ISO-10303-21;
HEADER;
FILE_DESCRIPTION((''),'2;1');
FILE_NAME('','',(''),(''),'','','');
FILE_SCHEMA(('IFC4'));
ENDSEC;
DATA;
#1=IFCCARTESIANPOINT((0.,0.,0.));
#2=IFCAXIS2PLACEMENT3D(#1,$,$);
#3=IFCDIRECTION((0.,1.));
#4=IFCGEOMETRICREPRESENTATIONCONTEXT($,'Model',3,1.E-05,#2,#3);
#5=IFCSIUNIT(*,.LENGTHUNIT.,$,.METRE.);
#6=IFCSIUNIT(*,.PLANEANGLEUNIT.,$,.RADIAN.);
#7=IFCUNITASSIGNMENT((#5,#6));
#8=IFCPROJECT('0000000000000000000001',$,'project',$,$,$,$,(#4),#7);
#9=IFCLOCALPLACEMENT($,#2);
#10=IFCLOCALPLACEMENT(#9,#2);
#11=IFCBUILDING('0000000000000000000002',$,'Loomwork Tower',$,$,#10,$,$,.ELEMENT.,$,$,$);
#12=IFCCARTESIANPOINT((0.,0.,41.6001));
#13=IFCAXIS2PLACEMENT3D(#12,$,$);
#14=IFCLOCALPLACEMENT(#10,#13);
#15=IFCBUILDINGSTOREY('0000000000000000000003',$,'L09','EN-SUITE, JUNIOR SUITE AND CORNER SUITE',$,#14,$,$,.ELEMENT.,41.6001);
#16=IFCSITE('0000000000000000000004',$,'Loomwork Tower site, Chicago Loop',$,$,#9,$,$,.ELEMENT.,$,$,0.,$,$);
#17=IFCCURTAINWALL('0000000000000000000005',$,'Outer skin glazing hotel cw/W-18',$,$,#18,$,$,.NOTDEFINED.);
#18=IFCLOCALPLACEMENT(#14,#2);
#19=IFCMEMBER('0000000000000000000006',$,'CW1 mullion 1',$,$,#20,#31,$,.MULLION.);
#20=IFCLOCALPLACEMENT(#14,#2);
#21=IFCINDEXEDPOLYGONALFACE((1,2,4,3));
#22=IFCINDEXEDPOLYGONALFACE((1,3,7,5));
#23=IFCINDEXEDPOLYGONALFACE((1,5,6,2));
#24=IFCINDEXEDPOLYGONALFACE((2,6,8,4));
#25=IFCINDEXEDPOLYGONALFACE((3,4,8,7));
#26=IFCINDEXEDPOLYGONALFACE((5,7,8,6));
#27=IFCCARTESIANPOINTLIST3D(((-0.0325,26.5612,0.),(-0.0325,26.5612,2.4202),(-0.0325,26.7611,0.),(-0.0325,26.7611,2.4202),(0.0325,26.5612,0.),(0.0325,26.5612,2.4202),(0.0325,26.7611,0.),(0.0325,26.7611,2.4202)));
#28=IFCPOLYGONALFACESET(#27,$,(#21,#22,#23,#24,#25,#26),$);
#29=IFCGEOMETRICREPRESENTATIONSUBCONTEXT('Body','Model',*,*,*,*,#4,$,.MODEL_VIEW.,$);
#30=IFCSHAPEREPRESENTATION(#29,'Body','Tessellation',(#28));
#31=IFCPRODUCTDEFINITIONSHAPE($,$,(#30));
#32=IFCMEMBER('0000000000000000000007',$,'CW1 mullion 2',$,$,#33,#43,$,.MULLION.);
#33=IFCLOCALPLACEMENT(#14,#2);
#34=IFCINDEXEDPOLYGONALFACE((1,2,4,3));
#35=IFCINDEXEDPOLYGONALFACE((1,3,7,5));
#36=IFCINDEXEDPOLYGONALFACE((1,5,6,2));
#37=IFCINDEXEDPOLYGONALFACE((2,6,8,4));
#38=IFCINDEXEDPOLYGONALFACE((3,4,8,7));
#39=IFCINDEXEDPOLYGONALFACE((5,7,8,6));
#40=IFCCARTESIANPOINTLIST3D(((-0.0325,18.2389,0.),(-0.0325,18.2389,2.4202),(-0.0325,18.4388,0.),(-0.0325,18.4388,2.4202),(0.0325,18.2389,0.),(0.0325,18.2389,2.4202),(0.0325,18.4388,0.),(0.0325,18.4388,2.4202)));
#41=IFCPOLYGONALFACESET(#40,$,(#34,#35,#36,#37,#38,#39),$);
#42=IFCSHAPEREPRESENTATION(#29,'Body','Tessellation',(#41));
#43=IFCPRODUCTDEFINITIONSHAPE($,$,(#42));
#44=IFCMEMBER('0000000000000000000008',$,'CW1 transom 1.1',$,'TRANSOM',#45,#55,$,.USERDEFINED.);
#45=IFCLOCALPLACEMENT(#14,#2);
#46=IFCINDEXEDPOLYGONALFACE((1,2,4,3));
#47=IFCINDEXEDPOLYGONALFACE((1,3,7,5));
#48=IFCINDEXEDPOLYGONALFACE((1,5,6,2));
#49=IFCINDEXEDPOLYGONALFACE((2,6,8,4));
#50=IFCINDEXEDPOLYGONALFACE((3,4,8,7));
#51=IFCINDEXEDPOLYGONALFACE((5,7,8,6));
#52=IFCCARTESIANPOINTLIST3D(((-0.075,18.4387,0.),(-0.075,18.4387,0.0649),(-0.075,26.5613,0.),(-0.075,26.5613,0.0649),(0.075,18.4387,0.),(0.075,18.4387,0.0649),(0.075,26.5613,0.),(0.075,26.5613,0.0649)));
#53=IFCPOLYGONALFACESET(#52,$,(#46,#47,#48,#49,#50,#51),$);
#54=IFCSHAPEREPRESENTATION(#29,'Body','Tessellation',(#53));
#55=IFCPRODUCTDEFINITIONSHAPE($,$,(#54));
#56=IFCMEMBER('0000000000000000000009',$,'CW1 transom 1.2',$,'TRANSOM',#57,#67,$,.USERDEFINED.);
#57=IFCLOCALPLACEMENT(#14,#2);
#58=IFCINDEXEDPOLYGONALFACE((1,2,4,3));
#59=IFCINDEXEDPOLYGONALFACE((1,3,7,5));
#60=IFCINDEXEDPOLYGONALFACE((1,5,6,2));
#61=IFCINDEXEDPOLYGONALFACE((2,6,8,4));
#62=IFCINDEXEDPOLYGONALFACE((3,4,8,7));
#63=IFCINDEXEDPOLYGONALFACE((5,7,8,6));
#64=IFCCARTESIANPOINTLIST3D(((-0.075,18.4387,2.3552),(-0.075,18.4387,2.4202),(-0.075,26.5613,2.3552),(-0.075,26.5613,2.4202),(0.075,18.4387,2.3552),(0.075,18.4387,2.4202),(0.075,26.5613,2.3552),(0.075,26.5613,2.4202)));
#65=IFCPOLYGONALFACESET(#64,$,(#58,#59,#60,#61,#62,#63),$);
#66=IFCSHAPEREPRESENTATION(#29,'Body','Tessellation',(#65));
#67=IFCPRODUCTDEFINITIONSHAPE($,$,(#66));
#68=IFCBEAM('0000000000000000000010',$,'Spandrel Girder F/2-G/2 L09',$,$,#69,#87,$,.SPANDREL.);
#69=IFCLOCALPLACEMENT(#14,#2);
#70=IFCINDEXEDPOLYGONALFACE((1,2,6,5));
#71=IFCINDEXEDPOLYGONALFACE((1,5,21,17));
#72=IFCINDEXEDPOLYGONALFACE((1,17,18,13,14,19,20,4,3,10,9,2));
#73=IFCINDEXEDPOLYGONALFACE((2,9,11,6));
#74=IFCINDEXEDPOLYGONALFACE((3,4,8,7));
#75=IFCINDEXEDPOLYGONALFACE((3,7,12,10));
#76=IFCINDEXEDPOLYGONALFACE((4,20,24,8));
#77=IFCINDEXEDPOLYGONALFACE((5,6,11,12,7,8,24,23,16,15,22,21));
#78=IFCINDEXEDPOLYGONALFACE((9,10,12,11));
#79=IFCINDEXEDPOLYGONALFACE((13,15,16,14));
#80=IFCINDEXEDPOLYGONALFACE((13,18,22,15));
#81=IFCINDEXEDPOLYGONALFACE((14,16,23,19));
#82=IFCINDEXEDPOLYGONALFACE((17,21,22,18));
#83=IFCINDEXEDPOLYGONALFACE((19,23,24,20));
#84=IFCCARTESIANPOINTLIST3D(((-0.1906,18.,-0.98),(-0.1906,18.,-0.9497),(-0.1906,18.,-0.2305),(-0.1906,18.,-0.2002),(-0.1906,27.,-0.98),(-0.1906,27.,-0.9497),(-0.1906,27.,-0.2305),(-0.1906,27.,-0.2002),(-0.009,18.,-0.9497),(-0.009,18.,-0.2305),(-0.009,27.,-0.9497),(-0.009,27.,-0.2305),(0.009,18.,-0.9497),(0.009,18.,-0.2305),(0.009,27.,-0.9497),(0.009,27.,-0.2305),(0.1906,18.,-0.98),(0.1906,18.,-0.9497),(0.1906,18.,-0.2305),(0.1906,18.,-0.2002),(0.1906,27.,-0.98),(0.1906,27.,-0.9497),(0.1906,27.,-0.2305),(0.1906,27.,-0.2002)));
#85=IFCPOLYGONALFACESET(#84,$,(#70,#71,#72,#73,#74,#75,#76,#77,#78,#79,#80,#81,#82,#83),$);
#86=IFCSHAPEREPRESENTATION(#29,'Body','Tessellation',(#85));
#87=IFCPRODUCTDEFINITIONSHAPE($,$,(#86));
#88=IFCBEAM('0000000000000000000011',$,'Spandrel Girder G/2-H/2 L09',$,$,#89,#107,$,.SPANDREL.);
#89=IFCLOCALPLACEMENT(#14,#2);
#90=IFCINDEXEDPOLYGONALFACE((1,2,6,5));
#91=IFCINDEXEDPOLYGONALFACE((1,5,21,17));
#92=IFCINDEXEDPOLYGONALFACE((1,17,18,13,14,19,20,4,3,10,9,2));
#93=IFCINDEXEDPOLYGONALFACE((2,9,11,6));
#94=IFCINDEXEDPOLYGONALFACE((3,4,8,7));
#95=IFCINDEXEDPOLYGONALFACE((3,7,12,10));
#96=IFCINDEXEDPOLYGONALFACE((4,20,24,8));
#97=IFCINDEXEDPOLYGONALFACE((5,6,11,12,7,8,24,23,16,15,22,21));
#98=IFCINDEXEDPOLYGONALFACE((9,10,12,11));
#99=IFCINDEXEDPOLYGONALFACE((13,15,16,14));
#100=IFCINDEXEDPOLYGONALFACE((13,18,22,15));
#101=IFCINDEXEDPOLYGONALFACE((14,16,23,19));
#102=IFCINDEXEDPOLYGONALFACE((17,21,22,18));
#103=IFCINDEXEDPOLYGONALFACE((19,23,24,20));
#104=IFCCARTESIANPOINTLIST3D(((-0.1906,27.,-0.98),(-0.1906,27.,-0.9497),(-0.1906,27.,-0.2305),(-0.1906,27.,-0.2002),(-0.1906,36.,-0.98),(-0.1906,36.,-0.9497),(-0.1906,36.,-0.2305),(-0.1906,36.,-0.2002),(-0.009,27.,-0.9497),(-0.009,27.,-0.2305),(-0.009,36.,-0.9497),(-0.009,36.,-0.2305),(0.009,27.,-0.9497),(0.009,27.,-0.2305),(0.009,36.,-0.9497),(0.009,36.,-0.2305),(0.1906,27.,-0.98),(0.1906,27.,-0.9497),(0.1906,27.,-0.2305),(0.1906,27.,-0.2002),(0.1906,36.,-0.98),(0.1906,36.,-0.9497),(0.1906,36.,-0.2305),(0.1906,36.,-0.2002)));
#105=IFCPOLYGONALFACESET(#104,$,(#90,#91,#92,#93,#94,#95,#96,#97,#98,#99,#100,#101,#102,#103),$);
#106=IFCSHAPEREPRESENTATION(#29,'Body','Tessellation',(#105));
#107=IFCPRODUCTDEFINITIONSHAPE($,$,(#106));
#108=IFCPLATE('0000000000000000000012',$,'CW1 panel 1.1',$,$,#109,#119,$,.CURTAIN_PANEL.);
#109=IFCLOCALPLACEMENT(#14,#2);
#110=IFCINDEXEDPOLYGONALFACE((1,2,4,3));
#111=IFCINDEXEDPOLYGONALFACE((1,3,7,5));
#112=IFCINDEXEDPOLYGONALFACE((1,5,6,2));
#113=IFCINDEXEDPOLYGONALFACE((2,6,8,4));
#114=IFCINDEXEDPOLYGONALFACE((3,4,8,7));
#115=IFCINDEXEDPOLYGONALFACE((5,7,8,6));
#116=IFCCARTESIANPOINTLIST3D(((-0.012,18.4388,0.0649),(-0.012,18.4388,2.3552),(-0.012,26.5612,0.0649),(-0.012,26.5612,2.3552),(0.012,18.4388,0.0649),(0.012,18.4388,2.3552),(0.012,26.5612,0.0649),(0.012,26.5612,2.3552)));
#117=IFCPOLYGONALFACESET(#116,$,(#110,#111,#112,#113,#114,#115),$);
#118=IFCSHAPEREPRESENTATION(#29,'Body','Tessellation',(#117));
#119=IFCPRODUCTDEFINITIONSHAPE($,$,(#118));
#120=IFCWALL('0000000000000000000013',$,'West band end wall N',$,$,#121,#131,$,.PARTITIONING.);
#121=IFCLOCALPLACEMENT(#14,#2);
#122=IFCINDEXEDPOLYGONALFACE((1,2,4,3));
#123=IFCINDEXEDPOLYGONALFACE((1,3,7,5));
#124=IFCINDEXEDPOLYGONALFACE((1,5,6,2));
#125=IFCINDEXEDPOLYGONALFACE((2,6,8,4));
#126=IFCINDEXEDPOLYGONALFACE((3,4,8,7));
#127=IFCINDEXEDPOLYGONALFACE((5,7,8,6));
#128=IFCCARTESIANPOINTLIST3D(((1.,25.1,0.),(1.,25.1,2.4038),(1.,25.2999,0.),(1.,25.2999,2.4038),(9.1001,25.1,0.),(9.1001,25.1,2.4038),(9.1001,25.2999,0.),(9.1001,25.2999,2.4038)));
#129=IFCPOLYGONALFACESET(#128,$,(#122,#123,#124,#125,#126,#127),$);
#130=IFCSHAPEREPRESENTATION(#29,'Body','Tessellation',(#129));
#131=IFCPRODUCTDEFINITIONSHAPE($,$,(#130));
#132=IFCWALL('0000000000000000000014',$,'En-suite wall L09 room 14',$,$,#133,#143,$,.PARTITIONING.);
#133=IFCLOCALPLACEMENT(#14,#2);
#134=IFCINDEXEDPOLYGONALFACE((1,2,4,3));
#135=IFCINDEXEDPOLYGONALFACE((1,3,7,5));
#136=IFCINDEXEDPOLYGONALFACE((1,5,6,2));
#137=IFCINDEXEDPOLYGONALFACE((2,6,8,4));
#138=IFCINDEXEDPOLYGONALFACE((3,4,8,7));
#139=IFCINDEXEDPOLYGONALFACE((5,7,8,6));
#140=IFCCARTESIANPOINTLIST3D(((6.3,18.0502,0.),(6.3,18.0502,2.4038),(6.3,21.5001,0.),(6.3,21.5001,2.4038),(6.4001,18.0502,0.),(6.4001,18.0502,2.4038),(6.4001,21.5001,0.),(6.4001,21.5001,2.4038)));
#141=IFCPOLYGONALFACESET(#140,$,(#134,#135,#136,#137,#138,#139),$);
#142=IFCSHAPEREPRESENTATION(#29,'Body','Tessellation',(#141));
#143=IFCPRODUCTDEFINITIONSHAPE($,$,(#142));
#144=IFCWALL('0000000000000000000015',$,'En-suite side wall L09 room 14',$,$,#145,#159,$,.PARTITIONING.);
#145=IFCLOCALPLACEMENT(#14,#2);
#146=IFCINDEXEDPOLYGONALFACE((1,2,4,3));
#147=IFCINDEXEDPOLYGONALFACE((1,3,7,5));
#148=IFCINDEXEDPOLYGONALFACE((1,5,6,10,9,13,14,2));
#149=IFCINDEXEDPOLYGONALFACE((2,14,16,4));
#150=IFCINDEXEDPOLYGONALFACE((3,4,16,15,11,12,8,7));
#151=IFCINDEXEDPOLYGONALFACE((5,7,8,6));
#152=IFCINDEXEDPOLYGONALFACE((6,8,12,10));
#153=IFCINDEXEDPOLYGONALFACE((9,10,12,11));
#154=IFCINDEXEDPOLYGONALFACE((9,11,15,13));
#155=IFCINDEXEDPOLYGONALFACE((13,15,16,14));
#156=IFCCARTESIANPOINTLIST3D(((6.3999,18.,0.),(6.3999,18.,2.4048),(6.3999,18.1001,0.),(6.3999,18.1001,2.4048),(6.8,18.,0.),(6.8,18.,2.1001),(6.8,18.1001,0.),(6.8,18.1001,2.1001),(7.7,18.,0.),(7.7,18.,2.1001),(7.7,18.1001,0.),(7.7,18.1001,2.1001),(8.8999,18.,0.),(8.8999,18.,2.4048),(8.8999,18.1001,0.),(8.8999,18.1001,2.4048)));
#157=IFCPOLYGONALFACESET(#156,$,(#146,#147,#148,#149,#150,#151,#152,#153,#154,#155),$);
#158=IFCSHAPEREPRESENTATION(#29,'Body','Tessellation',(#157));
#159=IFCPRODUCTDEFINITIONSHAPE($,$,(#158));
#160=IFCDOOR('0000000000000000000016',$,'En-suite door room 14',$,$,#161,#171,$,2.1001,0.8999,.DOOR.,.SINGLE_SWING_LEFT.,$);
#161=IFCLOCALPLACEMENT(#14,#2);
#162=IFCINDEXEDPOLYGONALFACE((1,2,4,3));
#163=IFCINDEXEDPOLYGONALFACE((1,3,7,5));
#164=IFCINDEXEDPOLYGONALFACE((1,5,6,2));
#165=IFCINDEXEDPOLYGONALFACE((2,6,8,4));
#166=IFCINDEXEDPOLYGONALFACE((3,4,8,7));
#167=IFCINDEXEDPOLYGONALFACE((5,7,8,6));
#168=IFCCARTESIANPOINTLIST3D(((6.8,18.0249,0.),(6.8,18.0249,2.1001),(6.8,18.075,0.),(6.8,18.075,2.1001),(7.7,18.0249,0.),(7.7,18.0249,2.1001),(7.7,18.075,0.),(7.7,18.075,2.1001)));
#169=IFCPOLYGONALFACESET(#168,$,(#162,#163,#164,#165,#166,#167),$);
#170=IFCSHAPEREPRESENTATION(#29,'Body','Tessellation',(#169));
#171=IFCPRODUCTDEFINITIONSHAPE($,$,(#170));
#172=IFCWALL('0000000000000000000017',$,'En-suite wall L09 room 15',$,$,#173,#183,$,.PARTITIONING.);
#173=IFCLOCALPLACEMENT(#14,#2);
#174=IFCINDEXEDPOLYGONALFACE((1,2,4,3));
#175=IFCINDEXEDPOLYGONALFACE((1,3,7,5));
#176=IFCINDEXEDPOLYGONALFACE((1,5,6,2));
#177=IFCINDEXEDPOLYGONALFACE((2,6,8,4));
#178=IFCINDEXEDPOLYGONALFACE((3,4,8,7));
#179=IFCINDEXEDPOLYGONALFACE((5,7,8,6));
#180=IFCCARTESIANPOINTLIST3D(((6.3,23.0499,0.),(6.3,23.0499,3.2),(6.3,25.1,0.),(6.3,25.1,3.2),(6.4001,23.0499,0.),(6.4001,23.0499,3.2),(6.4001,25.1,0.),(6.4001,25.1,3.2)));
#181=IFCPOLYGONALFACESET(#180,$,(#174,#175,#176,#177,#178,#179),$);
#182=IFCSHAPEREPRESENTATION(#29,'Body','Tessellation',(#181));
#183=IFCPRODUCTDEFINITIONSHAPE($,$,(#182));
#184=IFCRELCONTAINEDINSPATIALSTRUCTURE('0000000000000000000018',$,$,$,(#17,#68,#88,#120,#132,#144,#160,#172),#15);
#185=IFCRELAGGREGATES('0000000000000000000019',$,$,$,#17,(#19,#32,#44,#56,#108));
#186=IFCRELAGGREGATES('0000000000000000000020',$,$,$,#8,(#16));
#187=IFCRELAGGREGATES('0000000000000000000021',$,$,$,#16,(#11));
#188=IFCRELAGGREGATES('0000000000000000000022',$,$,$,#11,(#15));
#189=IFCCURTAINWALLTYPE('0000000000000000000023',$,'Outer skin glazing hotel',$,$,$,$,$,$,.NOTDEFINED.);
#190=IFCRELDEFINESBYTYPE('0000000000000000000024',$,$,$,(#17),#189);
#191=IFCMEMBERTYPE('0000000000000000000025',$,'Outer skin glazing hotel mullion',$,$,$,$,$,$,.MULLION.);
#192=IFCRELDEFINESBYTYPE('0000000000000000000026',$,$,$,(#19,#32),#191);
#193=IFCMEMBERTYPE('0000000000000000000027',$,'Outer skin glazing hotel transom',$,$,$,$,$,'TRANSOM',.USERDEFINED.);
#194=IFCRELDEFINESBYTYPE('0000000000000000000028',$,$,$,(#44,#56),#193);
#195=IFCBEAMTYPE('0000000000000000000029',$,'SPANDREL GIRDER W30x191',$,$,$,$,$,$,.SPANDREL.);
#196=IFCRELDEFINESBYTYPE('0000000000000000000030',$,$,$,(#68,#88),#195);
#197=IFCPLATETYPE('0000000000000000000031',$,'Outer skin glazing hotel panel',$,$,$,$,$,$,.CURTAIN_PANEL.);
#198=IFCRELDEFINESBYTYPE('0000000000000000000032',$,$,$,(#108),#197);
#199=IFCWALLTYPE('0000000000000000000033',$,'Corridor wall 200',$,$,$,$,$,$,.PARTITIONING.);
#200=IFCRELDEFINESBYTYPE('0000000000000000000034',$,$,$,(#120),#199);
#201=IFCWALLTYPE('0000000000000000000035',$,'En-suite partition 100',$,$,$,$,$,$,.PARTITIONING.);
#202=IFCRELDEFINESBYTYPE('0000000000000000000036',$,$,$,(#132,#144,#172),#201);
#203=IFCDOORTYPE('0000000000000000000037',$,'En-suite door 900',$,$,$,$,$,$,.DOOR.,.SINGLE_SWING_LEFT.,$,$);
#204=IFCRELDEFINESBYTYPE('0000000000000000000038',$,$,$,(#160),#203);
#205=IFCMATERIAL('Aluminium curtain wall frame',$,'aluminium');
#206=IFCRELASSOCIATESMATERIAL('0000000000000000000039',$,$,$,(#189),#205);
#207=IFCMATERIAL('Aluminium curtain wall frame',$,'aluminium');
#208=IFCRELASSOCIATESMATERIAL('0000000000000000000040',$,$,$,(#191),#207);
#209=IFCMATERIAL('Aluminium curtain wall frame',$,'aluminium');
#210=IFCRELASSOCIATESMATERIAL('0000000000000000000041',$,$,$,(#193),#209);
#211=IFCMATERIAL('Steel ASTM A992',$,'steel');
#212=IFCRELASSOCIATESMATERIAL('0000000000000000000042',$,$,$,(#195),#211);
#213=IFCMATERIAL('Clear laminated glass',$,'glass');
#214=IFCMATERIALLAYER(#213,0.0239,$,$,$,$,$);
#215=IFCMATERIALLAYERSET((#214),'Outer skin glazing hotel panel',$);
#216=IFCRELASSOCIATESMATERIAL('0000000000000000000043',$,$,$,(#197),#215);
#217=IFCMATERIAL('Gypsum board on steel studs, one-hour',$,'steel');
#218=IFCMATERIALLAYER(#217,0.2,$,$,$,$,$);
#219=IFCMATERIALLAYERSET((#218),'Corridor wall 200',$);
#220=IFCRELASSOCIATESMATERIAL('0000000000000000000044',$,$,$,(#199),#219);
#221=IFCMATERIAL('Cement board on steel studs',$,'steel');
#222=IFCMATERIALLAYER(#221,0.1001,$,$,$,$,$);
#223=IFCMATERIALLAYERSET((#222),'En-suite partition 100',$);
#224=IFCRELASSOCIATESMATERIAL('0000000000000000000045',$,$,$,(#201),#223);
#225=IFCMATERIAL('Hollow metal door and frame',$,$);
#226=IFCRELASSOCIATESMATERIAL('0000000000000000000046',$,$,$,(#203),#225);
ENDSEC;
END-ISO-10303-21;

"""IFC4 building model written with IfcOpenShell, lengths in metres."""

from ifc_helpers import new_model, si_unit, direction, frame, frame_2d, origin, origin_2d, place, context, subcontext, project, spatial, rectangle, i_section, extrude, material, layer, layer_set, material_profile, profile_set, type_object, element, fill, aggregate, save


model = new_model("IFC4")

# Units and contexts
model_context = context("Model", 3, precision=1e-05, world=origin(), true_north=direction((0.0, 1.0)))
body_context = subcontext(model_context, "Body", "Model", "MODEL_VIEW")
ifc_project = project(units=[si_unit("LENGTHUNIT", "METRE"), si_unit("PLANEANGLEUNIT", "RADIAN")], contexts=[model_context])

# Site, building, storey
site_placement = place(None, origin())
site = spatial("IfcSite", under=ifc_project, at=site_placement, Name="Loomwork Tower site, Chicago Loop", CompositionType="ELEMENT", RefElevation=0.0)
building_placement = place(site_placement, origin())
building = spatial("IfcBuilding", under=site, at=building_placement, Name="Loomwork Tower", CompositionType="ELEMENT")
storey_placement = place(building_placement, frame((0.0, 0.0, 41.6001)))
storey = spatial("IfcBuildingStorey", under=building, at=storey_placement, Name="L09", Description="EN-SUITE, JUNIOR SUITE AND CORNER SUITE", CompositionType="ELEMENT", Elevation=41.6001)

# Curtain wall, members
ifc_material_1 = material(Name="Aluminium curtain wall frame", Category="aluminium")
curtain_wall_type = type_object("IfcCurtainWallType", Name="Outer skin glazing hotel", PredefinedType="NOTDEFINED", material=ifc_material_1)
curtain_wall_placement = place(storey_placement, origin())
curtain_wall = element("IfcCurtainWall", 1, at=curtain_wall_placement, inside=storey, type_object=curtain_wall_type, Name="Outer skin glazing hotel cw/W-18", PredefinedType="NOTDEFINED")
ifc_material_2 = material(Name="Aluminium curtain wall frame", Category="aluminium")
ifc_material_profile_1 = material_profile(ifc_material_2, rectangle(XDim=0.0649, YDim=0.2, at=origin_2d()), Name="AL 65x200")
ifc_profile_set_1 = profile_set([ifc_material_profile_1], Name="Aluminium curtain wall frame")
member_type_1 = type_object("IfcMemberType", Name="Outer skin glazing hotel mullion", PredefinedType="MULLION", material=ifc_profile_set_1)
member_1_placement = place(storey_placement, frame((0.0, 26.6611, 0.0), z_axis=(0.0, 0.0, 1.0), x_axis=(1.0, 0.0, 0.0)))
member_1 = element("IfcMember", 2, at=member_1_placement, type_object=member_type_1, Name="CW1 mullion 1", PredefinedType="MULLION", context=body_context, shape_type="SweptSolid", body=[
    extrude(rectangle(XDim=0.0649, YDim=0.2, at=origin_2d()), origin(), (0.0, 0.0, 1.0), 2.4202),
])
member_2_placement = place(storey_placement, frame((0.0, 18.3389, 0.0), z_axis=(0.0, 0.0, 1.0), x_axis=(1.0, 0.0, 0.0)))
member_2 = element("IfcMember", 3, at=member_2_placement, type_object=member_type_1, Name="CW1 mullion 2", PredefinedType="MULLION", context=body_context, shape_type="SweptSolid", body=[
    extrude(rectangle(XDim=0.0649, YDim=0.2, at=origin_2d()), origin(), (0.0, 0.0, 1.0), 2.4202),
])
ifc_material_3 = material(Name="Aluminium curtain wall frame", Category="aluminium")
ifc_material_profile_2 = material_profile(ifc_material_3, rectangle(XDim=0.1499, YDim=0.0649, at=origin_2d()), Name="AL 65x150")
ifc_profile_set_2 = profile_set([ifc_material_profile_2], Name="Aluminium curtain wall frame")
member_type_2 = type_object("IfcMemberType", Name="Outer skin glazing hotel transom", ElementType="TRANSOM", PredefinedType="USERDEFINED", material=ifc_profile_set_2)
member_3_placement = place(storey_placement, frame((0.0, 26.5613, 0.0325), z_axis=(0.0, -1.0, 0.0), x_axis=(1.0, 0.0, 0.0)))
member_3 = element("IfcMember", 4, at=member_3_placement, type_object=member_type_2, Name="CW1 transom 1.1", ObjectType="TRANSOM", PredefinedType="USERDEFINED", context=body_context, shape_type="SweptSolid", body=[
    extrude(rectangle(XDim=0.1499, YDim=0.0649, at=origin_2d()), origin(), (0.0, 0.0, 1.0), 8.1226),
])
member_4_placement = place(storey_placement, frame((0.0, 26.5613, 2.3877), z_axis=(0.0, -1.0, 0.0), x_axis=(1.0, 0.0, 0.0)))
member_4 = element("IfcMember", 5, at=member_4_placement, type_object=member_type_2, Name="CW1 transom 1.2", ObjectType="TRANSOM", PredefinedType="USERDEFINED", context=body_context, shape_type="SweptSolid", body=[
    extrude(rectangle(XDim=0.1499, YDim=0.0649, at=origin_2d()), origin(), (0.0, 0.0, 1.0), 8.1226),
])

# Beams
ifc_material_4 = material(Name="Steel ASTM A992", Category="steel")
ifc_material_profile_3 = material_profile(ifc_material_4, i_section(OverallWidth=0.3811, OverallDepth=0.7798, WebThickness=0.0181, FlangeThickness=0.0303, at=origin_2d()), Name="W30x191")
ifc_profile_set_3 = profile_set([ifc_material_profile_3], Name="Steel ASTM A992")
beam_type_1 = type_object("IfcBeamType", Name="SPANDREL GIRDER W30x191", PredefinedType="SPANDREL", material=ifc_profile_set_3)
for number, where, z_axis, x_axis, name in (
    (6, (0.0, 18.0, -0.5901), (0.0, 1.0, 0.0), (-1.0, 0.0, 0.0), "Spandrel Girder F/2-G/2 L09"),
    (7, (0.0, 27.0, -0.5901), (0.0, 1.0, 0.0), (-1.0, 0.0, 0.0), "Spandrel Girder G/2-H/2 L09"),
):
    element("IfcBeam", number, at=place(storey_placement, frame(where, z_axis=z_axis, x_axis=x_axis)), inside=storey, type_object=beam_type_1, Name=name, PredefinedType="SPANDREL", context=body_context, shape_type="SweptSolid", body=[
        extrude(i_section(OverallWidth=0.3811, OverallDepth=0.7798, WebThickness=0.0181, FlangeThickness=0.0303, at=origin_2d()), origin(), (0.0, 0.0, 1.0), 9.0),
    ])

# Plate
ifc_material_5 = material(Name="Clear laminated glass", Category="glass")
ifc_layer_1 = layer(ifc_material_5, 0.0239)
ifc_layer_set_1 = layer_set([ifc_layer_1], Name="Outer skin glazing hotel panel")
plate_type = type_object("IfcPlateType", Name="Outer skin glazing hotel panel", PredefinedType="CURTAIN_PANEL", material=ifc_layer_set_1)
plate_placement = place(storey_placement, frame((0.0, 22.5, 0.0649), z_axis=(0.0, 0.0, 1.0), x_axis=(0.0, -1.0, 0.0)))
plate = element("IfcPlate", 8, at=plate_placement, type_object=plate_type, Name="CW1 panel 1.1", PredefinedType="CURTAIN_PANEL", context=body_context, shape_type="SweptSolid", body=[
    extrude(rectangle(XDim=8.1223, YDim=0.0239, at=origin_2d()), origin(), (0.0, 0.0, 1.0), 2.2903),
])
aggregate(curtain_wall, [member_1, member_2, member_3, member_4, plate])

# Walls
ifc_material_6 = material(Name="Gypsum board on steel studs, one-hour", Category="steel")
ifc_layer_2 = layer(ifc_material_6, 0.2)
ifc_layer_set_2 = layer_set([ifc_layer_2], Name="Corridor wall 200")
wall_type_1 = type_object("IfcWallType", Name="Corridor wall 200", PredefinedType="PARTITIONING", material=ifc_layer_set_2)
wall_1_placement = place(storey_placement, frame((1.0, 25.2, 0.0), z_axis=(0.0, 0.0, 1.0), x_axis=(1.0, 0.0, 0.0)))
element("IfcWall", 9, at=wall_1_placement, inside=storey, type_object=wall_type_1, Name="West band end wall N", PredefinedType="PARTITIONING", context=body_context, shape_type="SweptSolid", body=[
    extrude(rectangle(XDim=8.1001, YDim=0.2, at=frame_2d((4.05, 0.0))), origin(), (0.0, 0.0, 1.0), 2.4038),
])
ifc_material_7 = material(Name="Cement board on steel studs", Category="steel")
ifc_layer_3 = layer(ifc_material_7, 0.1001)
ifc_layer_set_3 = layer_set([ifc_layer_3], Name="En-suite partition 100")
wall_type_2 = type_object("IfcWallType", Name="En-suite partition 100", PredefinedType="PARTITIONING", material=ifc_layer_set_3)
wall_2_placement = place(storey_placement, frame((6.3501, 18.05, 0.0), z_axis=(0.0, 0.0, 1.0), x_axis=(0.0, 1.0, 0.0)))
element("IfcWall", 10, at=wall_2_placement, inside=storey, type_object=wall_type_2, Name="En-suite wall L09 room 14", PredefinedType="PARTITIONING", context=body_context, shape_type="SweptSolid", body=[
    extrude(rectangle(XDim=3.45, YDim=0.1001, at=frame_2d((1.7251, 0.0))), origin(), (0.0, 0.0, 1.0), 2.4038),
])

# Wall, opening, door
wall_3_placement = place(storey_placement, frame((8.8999, 18.05, 0.0), z_axis=(0.0, 0.0, 1.0), x_axis=(-1.0, 0.0, 0.0)))
wall_3 = element("IfcWall", 11, at=wall_3_placement, inside=storey, type_object=wall_type_2, Name="En-suite side wall L09 room 14", PredefinedType="PARTITIONING", context=body_context, shape_type="SweptSolid", body=[
    extrude(rectangle(XDim=2.5, YDim=0.1001, at=frame_2d((1.25, 0.0))), origin(), (0.0, 0.0, 1.0), 2.4048),
])
opening_1_placement = place(wall_3_placement, frame((1.2, 0.0, 0.0)))
opening_1 = element("IfcOpeningElement", 12, at=opening_1_placement, cuts=wall_3, PredefinedType="OPENING", context=body_context, shape_type="SweptSolid", body=[
    extrude(rectangle(XDim=0.8999, YDim=2.1001, at=frame_2d((0.45, 1.05))), frame((0.0, 0.0601, 0.0), z_axis=(0.0, -1.0, 0.0), x_axis=(1.0, 0.0, 0.0)), (0.0, 0.0, 1.0), 0.1201),
])
ifc_material_8 = material(Name="Hollow metal door and frame")
door_type = type_object("IfcDoorType", Name="En-suite door 900", OperationType="SINGLE_SWING_LEFT", PredefinedType="DOOR", material=ifc_material_8)
door_1_placement = place(opening_1_placement, frame((0.8999, 0.0, 0.0), z_axis=(0.0, 0.0, 1.0), x_axis=(-1.0, 0.0, 0.0)))
door_1 = element("IfcDoor", 13, at=door_1_placement, inside=storey, type_object=door_type, Name="En-suite door room 14", OperationType="SINGLE_SWING_LEFT", OverallHeight=2.1001, OverallWidth=0.8999, PredefinedType="DOOR", context=body_context, shape_type="SweptSolid", body=[
    extrude(rectangle(XDim=0.8999, YDim=2.1001, at=frame_2d((0.45, 1.05))), frame((0.0, 0.0249, 0.0), z_axis=(0.0, -1.0, 0.0), x_axis=(1.0, 0.0, 0.0)), (0.0, 0.0, 1.0), 0.05),
])
fill(opening_1, door_1)

# Wall
wall_4_placement = place(storey_placement, frame((6.3501, 23.05, 0.0), z_axis=(0.0, 0.0, 1.0), x_axis=(0.0, 1.0, 0.0)))
element("IfcWall", 14, at=wall_4_placement, inside=storey, type_object=wall_type_2, Name="En-suite wall L09 room 15", PredefinedType="PARTITIONING", context=body_context, shape_type="SweptSolid", body=[
    extrude(rectangle(XDim=2.05, YDim=0.1001, at=frame_2d((1.0249, 0.0))), origin(), (0.0, 0.0, 1.0), 3.2),
])

save(model, "model.ifc")
